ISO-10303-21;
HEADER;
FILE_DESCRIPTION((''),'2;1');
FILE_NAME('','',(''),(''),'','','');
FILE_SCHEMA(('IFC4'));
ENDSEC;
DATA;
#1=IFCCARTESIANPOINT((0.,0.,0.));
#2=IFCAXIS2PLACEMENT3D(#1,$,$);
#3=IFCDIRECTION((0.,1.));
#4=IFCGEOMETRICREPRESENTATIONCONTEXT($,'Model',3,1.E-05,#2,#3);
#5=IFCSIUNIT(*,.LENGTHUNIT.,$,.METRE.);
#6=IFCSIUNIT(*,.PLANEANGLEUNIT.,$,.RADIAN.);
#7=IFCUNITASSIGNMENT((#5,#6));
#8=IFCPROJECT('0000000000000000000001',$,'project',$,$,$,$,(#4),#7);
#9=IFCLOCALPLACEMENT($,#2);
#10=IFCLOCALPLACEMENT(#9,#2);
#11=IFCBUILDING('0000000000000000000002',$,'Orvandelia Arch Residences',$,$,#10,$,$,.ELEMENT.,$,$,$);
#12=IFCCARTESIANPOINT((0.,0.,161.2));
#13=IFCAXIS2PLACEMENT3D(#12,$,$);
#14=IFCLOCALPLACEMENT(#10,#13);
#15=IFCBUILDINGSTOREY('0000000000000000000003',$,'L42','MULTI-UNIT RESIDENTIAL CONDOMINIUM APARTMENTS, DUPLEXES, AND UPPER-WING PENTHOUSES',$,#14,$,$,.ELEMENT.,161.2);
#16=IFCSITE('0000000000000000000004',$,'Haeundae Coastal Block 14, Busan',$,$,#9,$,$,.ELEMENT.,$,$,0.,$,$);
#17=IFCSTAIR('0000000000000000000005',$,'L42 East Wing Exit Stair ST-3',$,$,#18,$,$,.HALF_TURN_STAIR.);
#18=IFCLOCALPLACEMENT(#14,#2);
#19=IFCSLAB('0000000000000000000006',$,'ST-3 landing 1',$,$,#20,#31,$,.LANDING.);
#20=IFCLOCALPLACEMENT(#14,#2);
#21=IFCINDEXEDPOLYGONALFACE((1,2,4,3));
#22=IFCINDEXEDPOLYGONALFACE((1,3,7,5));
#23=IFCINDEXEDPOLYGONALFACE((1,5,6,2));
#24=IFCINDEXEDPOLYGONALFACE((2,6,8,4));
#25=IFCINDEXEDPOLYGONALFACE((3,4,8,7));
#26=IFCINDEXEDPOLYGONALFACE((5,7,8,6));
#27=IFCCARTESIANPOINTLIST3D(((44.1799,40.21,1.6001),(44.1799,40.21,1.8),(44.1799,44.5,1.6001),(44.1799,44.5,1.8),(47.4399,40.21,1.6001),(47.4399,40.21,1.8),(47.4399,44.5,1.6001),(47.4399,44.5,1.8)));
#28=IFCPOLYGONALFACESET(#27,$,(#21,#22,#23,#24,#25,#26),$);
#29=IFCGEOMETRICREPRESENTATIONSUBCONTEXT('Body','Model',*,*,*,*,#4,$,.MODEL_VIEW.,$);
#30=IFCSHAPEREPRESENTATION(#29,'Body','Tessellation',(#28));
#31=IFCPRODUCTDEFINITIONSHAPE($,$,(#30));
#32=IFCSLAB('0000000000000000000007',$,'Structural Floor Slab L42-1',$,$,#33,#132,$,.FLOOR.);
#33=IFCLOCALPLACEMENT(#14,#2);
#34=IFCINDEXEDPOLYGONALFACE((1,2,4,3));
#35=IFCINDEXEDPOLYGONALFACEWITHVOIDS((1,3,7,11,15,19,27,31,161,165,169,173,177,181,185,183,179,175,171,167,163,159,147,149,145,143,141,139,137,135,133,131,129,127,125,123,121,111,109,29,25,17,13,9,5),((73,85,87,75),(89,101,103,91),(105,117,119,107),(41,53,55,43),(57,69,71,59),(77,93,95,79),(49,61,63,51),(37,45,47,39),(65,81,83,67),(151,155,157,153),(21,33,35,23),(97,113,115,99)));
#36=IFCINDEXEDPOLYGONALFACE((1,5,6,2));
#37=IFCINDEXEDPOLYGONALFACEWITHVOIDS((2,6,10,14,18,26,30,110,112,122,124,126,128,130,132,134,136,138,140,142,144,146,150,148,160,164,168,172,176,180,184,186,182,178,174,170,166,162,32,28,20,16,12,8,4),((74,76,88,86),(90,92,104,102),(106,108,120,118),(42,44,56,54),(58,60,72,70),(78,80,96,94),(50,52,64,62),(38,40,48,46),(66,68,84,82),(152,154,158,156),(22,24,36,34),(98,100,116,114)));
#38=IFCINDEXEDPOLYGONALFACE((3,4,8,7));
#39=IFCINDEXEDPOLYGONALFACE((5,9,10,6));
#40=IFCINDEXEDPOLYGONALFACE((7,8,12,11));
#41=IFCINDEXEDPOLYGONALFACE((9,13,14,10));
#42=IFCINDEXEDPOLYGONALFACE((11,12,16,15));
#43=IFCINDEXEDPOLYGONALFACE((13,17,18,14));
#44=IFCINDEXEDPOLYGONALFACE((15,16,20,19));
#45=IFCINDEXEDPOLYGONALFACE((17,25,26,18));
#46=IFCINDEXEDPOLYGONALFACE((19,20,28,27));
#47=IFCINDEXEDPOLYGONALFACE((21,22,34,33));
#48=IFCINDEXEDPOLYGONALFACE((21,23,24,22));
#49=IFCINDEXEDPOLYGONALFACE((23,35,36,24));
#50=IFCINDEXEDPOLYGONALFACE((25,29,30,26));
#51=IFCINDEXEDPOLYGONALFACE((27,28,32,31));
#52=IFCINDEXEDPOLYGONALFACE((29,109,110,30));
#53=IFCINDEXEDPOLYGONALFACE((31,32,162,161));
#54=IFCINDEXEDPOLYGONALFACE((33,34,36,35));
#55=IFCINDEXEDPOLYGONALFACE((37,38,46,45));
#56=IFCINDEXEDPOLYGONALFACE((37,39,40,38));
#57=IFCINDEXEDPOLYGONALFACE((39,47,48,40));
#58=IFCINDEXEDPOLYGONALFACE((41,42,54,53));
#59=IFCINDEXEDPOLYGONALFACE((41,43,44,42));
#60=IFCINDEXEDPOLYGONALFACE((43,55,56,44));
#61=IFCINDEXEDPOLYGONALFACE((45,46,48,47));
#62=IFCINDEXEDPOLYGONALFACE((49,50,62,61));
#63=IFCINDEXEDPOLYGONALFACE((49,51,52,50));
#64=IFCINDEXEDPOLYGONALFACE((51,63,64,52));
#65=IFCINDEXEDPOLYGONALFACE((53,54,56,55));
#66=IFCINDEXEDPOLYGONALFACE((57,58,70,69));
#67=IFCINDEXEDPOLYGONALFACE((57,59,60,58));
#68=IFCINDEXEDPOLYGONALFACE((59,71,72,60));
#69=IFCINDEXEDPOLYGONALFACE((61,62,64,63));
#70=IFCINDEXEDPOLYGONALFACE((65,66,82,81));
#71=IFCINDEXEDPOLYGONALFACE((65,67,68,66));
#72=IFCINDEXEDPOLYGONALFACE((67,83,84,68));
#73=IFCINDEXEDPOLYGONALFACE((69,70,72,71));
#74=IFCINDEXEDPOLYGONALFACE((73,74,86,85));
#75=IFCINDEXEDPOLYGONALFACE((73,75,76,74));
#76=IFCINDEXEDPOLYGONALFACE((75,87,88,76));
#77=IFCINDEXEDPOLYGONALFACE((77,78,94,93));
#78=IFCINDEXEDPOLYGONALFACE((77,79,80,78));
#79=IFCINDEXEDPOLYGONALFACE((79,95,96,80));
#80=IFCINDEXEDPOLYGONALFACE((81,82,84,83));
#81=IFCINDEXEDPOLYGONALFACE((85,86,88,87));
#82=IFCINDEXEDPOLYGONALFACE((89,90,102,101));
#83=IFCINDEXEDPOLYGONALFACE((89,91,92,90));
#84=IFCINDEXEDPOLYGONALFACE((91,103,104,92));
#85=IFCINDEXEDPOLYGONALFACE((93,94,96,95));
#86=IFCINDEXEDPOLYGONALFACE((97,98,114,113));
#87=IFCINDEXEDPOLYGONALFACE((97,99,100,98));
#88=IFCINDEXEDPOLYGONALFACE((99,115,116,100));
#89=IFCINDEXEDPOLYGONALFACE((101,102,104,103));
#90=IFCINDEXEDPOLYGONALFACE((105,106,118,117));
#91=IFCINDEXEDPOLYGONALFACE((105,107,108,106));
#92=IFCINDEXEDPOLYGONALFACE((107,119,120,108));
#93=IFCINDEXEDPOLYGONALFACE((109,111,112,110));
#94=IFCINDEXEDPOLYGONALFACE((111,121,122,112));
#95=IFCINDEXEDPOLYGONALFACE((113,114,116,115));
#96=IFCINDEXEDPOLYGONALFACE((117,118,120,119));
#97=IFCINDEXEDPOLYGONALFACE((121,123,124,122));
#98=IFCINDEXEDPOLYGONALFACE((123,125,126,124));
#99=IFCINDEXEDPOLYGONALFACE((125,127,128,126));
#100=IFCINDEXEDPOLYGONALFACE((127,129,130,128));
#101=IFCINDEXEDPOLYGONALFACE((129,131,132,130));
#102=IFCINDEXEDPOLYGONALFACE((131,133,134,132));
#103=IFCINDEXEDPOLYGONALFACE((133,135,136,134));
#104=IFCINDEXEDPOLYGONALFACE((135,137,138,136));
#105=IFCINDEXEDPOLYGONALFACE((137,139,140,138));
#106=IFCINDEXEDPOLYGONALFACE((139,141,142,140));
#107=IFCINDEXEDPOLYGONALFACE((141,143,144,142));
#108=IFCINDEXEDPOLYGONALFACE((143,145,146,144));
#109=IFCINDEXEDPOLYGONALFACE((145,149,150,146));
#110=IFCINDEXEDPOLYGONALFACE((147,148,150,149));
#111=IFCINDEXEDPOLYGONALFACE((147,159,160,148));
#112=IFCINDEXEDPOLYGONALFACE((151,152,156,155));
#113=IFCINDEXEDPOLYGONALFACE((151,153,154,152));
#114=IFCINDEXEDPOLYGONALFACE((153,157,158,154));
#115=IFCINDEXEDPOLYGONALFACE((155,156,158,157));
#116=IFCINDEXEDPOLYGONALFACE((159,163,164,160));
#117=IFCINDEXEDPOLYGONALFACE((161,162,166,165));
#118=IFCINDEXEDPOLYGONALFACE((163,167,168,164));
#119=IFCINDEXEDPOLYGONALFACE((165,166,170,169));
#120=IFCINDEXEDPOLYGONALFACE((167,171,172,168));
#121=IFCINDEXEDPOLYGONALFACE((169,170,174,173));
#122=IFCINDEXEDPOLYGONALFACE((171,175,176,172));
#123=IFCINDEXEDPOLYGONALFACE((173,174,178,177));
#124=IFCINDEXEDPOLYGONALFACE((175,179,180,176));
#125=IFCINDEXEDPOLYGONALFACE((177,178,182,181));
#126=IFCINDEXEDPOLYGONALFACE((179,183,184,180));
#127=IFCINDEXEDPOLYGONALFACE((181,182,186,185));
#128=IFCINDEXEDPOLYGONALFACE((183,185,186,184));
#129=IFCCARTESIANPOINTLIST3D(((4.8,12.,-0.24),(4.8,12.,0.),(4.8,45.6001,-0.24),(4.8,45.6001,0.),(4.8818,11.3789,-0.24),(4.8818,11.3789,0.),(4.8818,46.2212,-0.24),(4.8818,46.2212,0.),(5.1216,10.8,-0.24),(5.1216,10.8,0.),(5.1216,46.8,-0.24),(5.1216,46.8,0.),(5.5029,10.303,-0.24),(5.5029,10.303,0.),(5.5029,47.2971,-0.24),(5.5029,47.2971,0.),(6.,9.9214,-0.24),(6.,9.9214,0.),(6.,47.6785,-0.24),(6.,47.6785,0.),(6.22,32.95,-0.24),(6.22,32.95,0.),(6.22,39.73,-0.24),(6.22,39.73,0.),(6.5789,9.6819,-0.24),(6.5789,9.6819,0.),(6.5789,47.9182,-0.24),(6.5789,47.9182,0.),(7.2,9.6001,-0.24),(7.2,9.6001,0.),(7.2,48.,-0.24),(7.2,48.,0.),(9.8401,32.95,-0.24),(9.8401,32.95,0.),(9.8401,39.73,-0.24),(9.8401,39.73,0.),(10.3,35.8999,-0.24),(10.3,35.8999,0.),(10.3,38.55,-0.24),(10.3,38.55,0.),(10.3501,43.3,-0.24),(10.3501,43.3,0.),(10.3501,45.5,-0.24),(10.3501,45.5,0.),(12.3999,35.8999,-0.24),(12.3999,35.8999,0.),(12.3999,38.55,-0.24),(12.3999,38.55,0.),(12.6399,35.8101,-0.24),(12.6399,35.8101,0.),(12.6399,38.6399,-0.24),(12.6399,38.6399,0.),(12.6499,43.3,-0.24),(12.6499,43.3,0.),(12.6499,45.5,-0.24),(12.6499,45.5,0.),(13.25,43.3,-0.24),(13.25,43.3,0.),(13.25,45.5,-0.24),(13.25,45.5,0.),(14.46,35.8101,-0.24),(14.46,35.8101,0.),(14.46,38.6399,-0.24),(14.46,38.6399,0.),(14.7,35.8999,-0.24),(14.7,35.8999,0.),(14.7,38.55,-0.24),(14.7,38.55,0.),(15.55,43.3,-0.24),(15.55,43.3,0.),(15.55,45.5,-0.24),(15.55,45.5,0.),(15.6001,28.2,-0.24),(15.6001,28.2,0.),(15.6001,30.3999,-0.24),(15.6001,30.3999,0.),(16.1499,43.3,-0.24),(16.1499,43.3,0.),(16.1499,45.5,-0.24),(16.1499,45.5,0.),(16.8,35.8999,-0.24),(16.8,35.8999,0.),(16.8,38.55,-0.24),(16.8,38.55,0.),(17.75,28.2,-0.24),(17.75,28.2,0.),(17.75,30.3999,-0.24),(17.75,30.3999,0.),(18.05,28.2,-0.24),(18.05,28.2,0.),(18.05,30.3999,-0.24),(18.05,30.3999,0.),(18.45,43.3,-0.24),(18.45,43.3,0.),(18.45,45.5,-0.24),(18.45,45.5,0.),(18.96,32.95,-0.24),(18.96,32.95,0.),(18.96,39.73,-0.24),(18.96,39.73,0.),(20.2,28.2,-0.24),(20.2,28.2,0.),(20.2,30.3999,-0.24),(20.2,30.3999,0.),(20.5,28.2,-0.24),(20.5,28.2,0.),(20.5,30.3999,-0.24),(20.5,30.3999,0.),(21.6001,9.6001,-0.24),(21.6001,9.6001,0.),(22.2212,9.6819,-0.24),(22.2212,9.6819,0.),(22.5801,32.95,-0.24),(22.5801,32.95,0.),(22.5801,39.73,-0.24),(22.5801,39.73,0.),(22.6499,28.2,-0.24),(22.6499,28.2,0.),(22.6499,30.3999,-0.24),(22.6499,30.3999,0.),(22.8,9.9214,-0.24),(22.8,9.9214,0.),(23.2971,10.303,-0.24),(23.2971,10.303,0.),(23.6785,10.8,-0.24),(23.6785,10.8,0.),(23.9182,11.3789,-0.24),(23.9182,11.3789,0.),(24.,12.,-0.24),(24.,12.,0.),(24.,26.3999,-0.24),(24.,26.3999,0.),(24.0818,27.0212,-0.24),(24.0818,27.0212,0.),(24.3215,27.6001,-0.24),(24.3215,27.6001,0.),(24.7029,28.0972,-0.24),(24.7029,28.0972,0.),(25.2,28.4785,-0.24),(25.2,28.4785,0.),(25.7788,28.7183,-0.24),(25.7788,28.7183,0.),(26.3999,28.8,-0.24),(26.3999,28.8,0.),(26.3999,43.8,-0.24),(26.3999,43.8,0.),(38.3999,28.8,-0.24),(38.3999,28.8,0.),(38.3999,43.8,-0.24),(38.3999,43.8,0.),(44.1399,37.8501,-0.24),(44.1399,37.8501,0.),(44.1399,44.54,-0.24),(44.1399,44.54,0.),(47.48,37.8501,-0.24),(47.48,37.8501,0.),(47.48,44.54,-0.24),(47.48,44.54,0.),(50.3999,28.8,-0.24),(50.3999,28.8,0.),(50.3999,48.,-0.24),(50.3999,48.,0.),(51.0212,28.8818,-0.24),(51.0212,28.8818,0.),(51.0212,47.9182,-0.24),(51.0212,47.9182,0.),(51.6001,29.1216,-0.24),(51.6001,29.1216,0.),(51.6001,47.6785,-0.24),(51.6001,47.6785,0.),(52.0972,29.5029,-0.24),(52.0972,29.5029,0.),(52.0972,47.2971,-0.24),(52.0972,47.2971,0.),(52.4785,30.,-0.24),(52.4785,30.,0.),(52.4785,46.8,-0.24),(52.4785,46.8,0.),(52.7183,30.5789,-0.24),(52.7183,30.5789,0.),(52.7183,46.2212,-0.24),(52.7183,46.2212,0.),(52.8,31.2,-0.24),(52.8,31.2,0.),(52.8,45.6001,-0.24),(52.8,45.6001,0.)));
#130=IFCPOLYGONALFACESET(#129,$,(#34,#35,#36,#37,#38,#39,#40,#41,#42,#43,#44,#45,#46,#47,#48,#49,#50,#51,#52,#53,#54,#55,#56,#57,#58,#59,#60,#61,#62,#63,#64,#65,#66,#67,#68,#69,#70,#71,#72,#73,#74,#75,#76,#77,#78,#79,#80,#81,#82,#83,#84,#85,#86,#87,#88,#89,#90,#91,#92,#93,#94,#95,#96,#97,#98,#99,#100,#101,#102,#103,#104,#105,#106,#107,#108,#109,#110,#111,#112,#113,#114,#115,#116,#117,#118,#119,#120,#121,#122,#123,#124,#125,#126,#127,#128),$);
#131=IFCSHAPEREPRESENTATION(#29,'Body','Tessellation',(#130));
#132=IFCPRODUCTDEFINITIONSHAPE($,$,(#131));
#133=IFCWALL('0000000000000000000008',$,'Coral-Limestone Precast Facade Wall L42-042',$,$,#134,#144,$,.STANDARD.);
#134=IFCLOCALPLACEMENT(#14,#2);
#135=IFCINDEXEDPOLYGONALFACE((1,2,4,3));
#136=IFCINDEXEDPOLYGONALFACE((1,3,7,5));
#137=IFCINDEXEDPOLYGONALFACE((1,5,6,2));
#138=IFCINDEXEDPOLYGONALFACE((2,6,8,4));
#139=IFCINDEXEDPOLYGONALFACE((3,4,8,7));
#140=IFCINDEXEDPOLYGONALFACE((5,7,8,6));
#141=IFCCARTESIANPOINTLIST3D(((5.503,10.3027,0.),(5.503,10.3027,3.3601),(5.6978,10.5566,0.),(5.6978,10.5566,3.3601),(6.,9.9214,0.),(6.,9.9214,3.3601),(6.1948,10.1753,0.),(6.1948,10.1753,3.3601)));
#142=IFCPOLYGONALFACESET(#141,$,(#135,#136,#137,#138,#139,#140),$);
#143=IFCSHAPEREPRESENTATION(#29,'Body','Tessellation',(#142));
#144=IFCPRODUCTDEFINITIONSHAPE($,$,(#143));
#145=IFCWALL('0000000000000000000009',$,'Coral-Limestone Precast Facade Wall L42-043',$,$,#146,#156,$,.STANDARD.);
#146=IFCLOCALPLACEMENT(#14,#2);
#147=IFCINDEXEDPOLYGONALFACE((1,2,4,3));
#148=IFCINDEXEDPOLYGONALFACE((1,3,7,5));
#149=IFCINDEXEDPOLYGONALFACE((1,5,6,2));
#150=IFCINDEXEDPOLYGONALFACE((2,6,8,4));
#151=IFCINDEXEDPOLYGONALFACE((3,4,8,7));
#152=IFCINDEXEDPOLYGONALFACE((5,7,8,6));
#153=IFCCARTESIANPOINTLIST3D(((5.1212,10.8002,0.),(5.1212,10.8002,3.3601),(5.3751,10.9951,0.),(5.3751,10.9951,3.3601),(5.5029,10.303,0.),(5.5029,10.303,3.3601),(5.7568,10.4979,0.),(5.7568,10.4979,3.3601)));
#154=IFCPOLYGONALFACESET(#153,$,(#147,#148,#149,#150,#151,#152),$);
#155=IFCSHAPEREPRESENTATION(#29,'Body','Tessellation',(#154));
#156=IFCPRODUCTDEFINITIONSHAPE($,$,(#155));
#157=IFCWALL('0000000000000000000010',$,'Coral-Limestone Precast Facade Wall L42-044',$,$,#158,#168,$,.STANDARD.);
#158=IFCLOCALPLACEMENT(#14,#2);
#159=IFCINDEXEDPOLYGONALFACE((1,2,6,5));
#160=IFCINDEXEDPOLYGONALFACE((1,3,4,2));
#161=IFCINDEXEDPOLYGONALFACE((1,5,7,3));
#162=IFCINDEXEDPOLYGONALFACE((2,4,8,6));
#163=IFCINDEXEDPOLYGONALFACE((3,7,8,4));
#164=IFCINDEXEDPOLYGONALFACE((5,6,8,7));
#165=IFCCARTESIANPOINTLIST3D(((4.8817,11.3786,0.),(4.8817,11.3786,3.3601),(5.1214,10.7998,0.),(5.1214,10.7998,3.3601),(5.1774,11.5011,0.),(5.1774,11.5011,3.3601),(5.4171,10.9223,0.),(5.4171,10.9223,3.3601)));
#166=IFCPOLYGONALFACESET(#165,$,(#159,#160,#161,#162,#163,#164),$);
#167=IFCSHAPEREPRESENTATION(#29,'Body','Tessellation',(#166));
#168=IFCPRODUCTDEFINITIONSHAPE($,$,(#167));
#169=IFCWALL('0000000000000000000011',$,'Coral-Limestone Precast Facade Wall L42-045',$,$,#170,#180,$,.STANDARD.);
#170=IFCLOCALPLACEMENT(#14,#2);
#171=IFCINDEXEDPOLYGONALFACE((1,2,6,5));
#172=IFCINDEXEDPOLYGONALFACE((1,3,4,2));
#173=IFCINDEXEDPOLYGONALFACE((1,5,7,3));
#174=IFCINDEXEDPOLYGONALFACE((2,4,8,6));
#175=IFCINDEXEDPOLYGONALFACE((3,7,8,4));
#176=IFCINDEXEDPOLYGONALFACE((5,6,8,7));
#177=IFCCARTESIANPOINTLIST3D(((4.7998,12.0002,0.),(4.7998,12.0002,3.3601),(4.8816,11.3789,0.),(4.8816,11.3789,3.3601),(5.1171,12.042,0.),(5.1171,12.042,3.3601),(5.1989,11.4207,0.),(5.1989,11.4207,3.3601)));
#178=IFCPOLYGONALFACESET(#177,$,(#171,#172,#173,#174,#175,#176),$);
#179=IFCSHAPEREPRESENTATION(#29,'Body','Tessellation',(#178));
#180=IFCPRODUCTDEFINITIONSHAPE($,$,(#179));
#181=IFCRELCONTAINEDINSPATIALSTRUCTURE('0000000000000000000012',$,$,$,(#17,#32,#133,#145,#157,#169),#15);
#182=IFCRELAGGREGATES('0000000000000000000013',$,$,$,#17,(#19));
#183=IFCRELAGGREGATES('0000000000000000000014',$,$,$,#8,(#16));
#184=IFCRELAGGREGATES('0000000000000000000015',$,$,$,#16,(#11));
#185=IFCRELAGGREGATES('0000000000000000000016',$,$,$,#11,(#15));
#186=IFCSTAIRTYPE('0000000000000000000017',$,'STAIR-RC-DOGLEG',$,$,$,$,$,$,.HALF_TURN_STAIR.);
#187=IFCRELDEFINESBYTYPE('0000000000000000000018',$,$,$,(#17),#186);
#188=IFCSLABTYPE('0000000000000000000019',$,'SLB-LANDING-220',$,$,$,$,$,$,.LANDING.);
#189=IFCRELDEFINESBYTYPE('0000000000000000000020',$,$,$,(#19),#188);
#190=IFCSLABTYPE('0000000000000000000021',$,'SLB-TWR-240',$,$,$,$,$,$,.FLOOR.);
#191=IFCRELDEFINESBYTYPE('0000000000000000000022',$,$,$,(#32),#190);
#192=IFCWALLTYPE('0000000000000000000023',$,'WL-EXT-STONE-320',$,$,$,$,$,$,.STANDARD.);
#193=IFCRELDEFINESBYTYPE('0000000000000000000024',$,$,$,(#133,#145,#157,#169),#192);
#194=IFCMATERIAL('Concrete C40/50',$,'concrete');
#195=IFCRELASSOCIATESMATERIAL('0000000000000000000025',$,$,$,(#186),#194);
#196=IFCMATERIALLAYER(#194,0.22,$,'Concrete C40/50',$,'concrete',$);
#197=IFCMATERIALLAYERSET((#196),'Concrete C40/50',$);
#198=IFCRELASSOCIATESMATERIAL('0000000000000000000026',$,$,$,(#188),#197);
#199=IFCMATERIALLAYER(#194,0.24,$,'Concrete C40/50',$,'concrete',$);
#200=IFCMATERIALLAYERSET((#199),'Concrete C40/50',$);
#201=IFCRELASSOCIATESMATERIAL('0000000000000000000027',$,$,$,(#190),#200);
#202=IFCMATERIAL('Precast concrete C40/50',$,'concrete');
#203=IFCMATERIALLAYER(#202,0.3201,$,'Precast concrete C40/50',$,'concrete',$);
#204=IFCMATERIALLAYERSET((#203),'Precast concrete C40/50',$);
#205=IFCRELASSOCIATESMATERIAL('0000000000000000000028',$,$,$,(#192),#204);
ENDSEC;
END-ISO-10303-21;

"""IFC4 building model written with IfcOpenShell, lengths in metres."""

from ifc_helpers import new_model, si_unit, direction, frame, frame_2d, origin, place, context, subcontext, project, spatial, polyline, rectangle, outline, extrude, material, layer, layer_set, type_object, element, aggregate, save


model = new_model("IFC4")

# Units and contexts
model_context = context("Model", 3, precision=1e-05, world=origin(), true_north=direction((0.0, 1.0)))
body_context = subcontext(model_context, "Body", "Model", "MODEL_VIEW")
ifc_project = project(units=[si_unit("LENGTHUNIT", "METRE"), si_unit("PLANEANGLEUNIT", "RADIAN")], contexts=[model_context])

# Site, building, storey
site_placement = place(None, origin())
site = spatial("IfcSite", under=ifc_project, at=site_placement, Name="Haeundae Coastal Block 14, Busan", CompositionType="ELEMENT", RefElevation=0.0)
building_placement = place(site_placement, origin())
building = spatial("IfcBuilding", under=site, at=building_placement, Name="Orvandelia Arch Residences", CompositionType="ELEMENT")
storey_placement = place(building_placement, frame((0.0, 0.0, 161.2)))
storey = spatial("IfcBuildingStorey", under=building, at=storey_placement, Name="L42", Description="MULTI-UNIT RESIDENTIAL CONDOMINIUM APARTMENTS, DUPLEXES, AND UPPER-WING PENTHOUSES", CompositionType="ELEMENT", Elevation=161.2)

# Shared definitions
ifc_material_1 = material(Name="Precast concrete C40/50", Category="concrete")

# Stair, slab
ifc_material_2 = material(Name="Concrete C40/50", Category="concrete")
stair_type = type_object("IfcStairType", Name="STAIR-RC-DOGLEG", PredefinedType="HALF_TURN_STAIR", material=ifc_material_2)
ifc_layer_1 = layer(ifc_material_2, 0.22, Name="Concrete C40/50", Category="concrete")
ifc_layer_set_1 = layer_set([ifc_layer_1], Name="Concrete C40/50")
slab_type_1 = type_object("IfcSlabType", Name="SLB-LANDING-220", PredefinedType="LANDING", material=ifc_layer_set_1)
stair_1_placement = place(storey_placement, origin())
stair_1 = element("IfcStair", 1, at=stair_1_placement, inside=storey, type_object=stair_type, Name="L42 East Wing Exit Stair ST-3", PredefinedType="HALF_TURN_STAIR")
slab_1_placement = place(storey_placement, frame((0.0, 0.0, 1.6001)))
slab_1 = element("IfcSlab", 2, at=slab_1_placement, type_object=slab_type_1, Name="ST-3 landing 1", PredefinedType="LANDING", context=body_context, shape_type="SweptSolid", body=[
    extrude(outline(polyline([(47.4399, 40.21), (47.4399, 44.5), (44.1799, 44.5), (44.1799, 40.21), (47.4399, 40.21)])), origin(), (0.0, 0.0, 1.0), 0.2),
])
aggregate(stair_1, [slab_1])

# Slab
ifc_layer_2 = layer(ifc_material_2, 0.24, Name="Concrete C40/50", Category="concrete")
ifc_layer_set_2 = layer_set([ifc_layer_2], Name="Concrete C40/50")
slab_type_2 = type_object("IfcSlabType", Name="SLB-TWR-240", PredefinedType="FLOOR", material=ifc_layer_set_2)
slab_2_placement = place(storey_placement, frame((0.0, 0.0, -0.24)))
element("IfcSlab", 3, at=slab_2_placement, inside=storey, type_object=slab_type_2, Name="Structural Floor Slab L42-1", PredefinedType="FLOOR", context=body_context, shape_type="SweptSolid", body=[
    extrude(outline(polyline([(4.8, 12.0), (4.8818, 11.3789), (5.1216, 10.8), (5.5029, 10.303), (6.0, 9.9214), (6.5789, 9.6819), (7.2, 9.6001), (21.6001, 9.6001), (22.2212, 9.6819), (22.8, 9.9214), (23.2971, 10.303), (23.6785, 10.8), (23.9182, 11.3789), (24.0, 12.0), (24.0, 26.3999), (24.0818, 27.0212), (24.3215, 27.6001), (24.7029, 28.0972), (25.2, 28.4785), (25.7788, 28.7183), (26.3999, 28.8), (26.3999, 43.8), (38.3999, 43.8), (38.3999, 28.8), (50.3999, 28.8), (51.0212, 28.8818), (51.6001, 29.1216), (52.0972, 29.5029), (52.4785, 30.0), (52.7183, 30.5789), (52.8, 31.2), (52.8, 45.6001), (52.7183, 46.2212), (52.4785, 46.8), (52.0972, 47.2971), (51.6001, 47.6785), (51.0212, 47.9182), (50.3999, 48.0), (7.2, 48.0), (6.5789, 47.9182), (6.0, 47.6785), (5.5029, 47.2971), (5.1216, 46.8), (4.8818, 46.2212), (4.8, 45.6001), (4.8, 12.0)]), holes=[polyline([(6.22, 32.95), (9.8401, 32.95), (9.8401, 39.73), (6.22, 39.73), (6.22, 32.95)]), polyline([(18.96, 32.95), (22.5801, 32.95), (22.5801, 39.73), (18.96, 39.73), (18.96, 32.95)]), polyline([(44.1399, 37.8501), (47.48, 37.8501), (47.48, 44.54), (44.1399, 44.54), (44.1399, 37.8501)]), polyline([(12.6399, 35.8101), (14.46, 35.8101), (14.46, 38.6399), (12.6399, 38.6399), (12.6399, 35.8101)]), polyline([(10.3, 35.8999), (12.3999, 35.8999), (12.3999, 38.55), (10.3, 38.55), (10.3, 35.8999)]), polyline([(14.7, 35.8999), (16.8, 35.8999), (16.8, 38.55), (14.7, 38.55), (14.7, 35.8999)]), polyline([(10.3501, 43.3), (12.6499, 43.3), (12.6499, 45.5), (10.3501, 45.5), (10.3501, 43.3)]), polyline([(13.25, 43.3), (15.55, 43.3), (15.55, 45.5), (13.25, 45.5), (13.25, 43.3)]), polyline([(16.1499, 43.3), (18.45, 43.3), (18.45, 45.5), (16.1499, 45.5), (16.1499, 43.3)]), polyline([(15.6001, 28.2), (17.75, 28.2), (17.75, 30.3999), (15.6001, 30.3999), (15.6001, 28.2)]), polyline([(18.05, 28.2), (20.2, 28.2), (20.2, 30.3999), (18.05, 30.3999), (18.05, 28.2)]), polyline([(20.5, 28.2), (22.6499, 28.2), (22.6499, 30.3999), (20.5, 30.3999), (20.5, 28.2)])]), origin(), (0.0, 0.0, 1.0), 0.24),
])

# Walls
ifc_layer_3 = layer(ifc_material_1, 0.3201, Name="Precast concrete C40/50", Category="concrete")
ifc_layer_set_3 = layer_set([ifc_layer_3], Name="Precast concrete C40/50")
wall_type_1 = type_object("IfcWallType", Name="WL-EXT-STONE-320", PredefinedType="STANDARD", material=ifc_layer_set_3)
wall_1_placement = place(storey_placement, frame((6.0974, 10.0483, 0.0), z_axis=(0.0, 0.0, 1.0), x_axis=(-0.793406, 0.608693, 0.0)))
element("IfcWall", 4, at=wall_1_placement, inside=storey, type_object=wall_type_1, Name="Coral-Limestone Precast Facade Wall L42-042", PredefinedType="STANDARD", context=body_context, shape_type="SweptSolid", body=[
    extrude(rectangle(XDim=0.6265, YDim=0.3201, at=frame_2d((0.3132, 0.0))), origin(), (0.0, 0.0, 1.0), 3.3601),
])
wall_2_placement = place(storey_placement, frame((5.6299, 10.4004, 0.0), z_axis=(0.0, 0.0, 1.0), x_axis=(-0.608939, 0.793217, 0.0)))
element("IfcWall", 5, at=wall_2_placement, inside=storey, type_object=wall_type_1, Name="Coral-Limestone Precast Facade Wall L42-043", PredefinedType="STANDARD", context=body_context, shape_type="SweptSolid", body=[
    extrude(rectangle(XDim=0.6267, YDim=0.3201, at=frame_2d((0.3135, 0.0))), origin(), (0.0, 0.0, 1.0), 3.3601),
])
wall_3_placement = place(storey_placement, frame((5.2693, 10.8611, 0.0), z_axis=(0.0, 0.0, 1.0), x_axis=(-0.38265, 0.923893, 0.0)))
element("IfcWall", 6, at=wall_3_placement, inside=storey, type_object=wall_type_1, Name="Coral-Limestone Precast Facade Wall L42-044", PredefinedType="STANDARD", context=body_context, shape_type="SweptSolid", body=[
    extrude(rectangle(XDim=0.6265, YDim=0.3201, at=frame_2d((0.3132, 0.0))), origin(), (0.0, 0.0, 1.0), 3.3601),
])
wall_4_placement = place(storey_placement, frame((5.0403, 11.3997, 0.0), z_axis=(0.0, 0.0, 1.0), x_axis=(-0.130505, 0.991448, 0.0)))
element("IfcWall", 7, at=wall_4_placement, inside=storey, type_object=wall_type_1, Name="Coral-Limestone Precast Facade Wall L42-045", PredefinedType="STANDARD", context=body_context, shape_type="SweptSolid", body=[
    extrude(rectangle(XDim=0.6267, YDim=0.3201, at=frame_2d((0.3135, 0.0))), origin(), (0.0, 0.0, 1.0), 3.3601),
])

save(model, "model.ifc")
